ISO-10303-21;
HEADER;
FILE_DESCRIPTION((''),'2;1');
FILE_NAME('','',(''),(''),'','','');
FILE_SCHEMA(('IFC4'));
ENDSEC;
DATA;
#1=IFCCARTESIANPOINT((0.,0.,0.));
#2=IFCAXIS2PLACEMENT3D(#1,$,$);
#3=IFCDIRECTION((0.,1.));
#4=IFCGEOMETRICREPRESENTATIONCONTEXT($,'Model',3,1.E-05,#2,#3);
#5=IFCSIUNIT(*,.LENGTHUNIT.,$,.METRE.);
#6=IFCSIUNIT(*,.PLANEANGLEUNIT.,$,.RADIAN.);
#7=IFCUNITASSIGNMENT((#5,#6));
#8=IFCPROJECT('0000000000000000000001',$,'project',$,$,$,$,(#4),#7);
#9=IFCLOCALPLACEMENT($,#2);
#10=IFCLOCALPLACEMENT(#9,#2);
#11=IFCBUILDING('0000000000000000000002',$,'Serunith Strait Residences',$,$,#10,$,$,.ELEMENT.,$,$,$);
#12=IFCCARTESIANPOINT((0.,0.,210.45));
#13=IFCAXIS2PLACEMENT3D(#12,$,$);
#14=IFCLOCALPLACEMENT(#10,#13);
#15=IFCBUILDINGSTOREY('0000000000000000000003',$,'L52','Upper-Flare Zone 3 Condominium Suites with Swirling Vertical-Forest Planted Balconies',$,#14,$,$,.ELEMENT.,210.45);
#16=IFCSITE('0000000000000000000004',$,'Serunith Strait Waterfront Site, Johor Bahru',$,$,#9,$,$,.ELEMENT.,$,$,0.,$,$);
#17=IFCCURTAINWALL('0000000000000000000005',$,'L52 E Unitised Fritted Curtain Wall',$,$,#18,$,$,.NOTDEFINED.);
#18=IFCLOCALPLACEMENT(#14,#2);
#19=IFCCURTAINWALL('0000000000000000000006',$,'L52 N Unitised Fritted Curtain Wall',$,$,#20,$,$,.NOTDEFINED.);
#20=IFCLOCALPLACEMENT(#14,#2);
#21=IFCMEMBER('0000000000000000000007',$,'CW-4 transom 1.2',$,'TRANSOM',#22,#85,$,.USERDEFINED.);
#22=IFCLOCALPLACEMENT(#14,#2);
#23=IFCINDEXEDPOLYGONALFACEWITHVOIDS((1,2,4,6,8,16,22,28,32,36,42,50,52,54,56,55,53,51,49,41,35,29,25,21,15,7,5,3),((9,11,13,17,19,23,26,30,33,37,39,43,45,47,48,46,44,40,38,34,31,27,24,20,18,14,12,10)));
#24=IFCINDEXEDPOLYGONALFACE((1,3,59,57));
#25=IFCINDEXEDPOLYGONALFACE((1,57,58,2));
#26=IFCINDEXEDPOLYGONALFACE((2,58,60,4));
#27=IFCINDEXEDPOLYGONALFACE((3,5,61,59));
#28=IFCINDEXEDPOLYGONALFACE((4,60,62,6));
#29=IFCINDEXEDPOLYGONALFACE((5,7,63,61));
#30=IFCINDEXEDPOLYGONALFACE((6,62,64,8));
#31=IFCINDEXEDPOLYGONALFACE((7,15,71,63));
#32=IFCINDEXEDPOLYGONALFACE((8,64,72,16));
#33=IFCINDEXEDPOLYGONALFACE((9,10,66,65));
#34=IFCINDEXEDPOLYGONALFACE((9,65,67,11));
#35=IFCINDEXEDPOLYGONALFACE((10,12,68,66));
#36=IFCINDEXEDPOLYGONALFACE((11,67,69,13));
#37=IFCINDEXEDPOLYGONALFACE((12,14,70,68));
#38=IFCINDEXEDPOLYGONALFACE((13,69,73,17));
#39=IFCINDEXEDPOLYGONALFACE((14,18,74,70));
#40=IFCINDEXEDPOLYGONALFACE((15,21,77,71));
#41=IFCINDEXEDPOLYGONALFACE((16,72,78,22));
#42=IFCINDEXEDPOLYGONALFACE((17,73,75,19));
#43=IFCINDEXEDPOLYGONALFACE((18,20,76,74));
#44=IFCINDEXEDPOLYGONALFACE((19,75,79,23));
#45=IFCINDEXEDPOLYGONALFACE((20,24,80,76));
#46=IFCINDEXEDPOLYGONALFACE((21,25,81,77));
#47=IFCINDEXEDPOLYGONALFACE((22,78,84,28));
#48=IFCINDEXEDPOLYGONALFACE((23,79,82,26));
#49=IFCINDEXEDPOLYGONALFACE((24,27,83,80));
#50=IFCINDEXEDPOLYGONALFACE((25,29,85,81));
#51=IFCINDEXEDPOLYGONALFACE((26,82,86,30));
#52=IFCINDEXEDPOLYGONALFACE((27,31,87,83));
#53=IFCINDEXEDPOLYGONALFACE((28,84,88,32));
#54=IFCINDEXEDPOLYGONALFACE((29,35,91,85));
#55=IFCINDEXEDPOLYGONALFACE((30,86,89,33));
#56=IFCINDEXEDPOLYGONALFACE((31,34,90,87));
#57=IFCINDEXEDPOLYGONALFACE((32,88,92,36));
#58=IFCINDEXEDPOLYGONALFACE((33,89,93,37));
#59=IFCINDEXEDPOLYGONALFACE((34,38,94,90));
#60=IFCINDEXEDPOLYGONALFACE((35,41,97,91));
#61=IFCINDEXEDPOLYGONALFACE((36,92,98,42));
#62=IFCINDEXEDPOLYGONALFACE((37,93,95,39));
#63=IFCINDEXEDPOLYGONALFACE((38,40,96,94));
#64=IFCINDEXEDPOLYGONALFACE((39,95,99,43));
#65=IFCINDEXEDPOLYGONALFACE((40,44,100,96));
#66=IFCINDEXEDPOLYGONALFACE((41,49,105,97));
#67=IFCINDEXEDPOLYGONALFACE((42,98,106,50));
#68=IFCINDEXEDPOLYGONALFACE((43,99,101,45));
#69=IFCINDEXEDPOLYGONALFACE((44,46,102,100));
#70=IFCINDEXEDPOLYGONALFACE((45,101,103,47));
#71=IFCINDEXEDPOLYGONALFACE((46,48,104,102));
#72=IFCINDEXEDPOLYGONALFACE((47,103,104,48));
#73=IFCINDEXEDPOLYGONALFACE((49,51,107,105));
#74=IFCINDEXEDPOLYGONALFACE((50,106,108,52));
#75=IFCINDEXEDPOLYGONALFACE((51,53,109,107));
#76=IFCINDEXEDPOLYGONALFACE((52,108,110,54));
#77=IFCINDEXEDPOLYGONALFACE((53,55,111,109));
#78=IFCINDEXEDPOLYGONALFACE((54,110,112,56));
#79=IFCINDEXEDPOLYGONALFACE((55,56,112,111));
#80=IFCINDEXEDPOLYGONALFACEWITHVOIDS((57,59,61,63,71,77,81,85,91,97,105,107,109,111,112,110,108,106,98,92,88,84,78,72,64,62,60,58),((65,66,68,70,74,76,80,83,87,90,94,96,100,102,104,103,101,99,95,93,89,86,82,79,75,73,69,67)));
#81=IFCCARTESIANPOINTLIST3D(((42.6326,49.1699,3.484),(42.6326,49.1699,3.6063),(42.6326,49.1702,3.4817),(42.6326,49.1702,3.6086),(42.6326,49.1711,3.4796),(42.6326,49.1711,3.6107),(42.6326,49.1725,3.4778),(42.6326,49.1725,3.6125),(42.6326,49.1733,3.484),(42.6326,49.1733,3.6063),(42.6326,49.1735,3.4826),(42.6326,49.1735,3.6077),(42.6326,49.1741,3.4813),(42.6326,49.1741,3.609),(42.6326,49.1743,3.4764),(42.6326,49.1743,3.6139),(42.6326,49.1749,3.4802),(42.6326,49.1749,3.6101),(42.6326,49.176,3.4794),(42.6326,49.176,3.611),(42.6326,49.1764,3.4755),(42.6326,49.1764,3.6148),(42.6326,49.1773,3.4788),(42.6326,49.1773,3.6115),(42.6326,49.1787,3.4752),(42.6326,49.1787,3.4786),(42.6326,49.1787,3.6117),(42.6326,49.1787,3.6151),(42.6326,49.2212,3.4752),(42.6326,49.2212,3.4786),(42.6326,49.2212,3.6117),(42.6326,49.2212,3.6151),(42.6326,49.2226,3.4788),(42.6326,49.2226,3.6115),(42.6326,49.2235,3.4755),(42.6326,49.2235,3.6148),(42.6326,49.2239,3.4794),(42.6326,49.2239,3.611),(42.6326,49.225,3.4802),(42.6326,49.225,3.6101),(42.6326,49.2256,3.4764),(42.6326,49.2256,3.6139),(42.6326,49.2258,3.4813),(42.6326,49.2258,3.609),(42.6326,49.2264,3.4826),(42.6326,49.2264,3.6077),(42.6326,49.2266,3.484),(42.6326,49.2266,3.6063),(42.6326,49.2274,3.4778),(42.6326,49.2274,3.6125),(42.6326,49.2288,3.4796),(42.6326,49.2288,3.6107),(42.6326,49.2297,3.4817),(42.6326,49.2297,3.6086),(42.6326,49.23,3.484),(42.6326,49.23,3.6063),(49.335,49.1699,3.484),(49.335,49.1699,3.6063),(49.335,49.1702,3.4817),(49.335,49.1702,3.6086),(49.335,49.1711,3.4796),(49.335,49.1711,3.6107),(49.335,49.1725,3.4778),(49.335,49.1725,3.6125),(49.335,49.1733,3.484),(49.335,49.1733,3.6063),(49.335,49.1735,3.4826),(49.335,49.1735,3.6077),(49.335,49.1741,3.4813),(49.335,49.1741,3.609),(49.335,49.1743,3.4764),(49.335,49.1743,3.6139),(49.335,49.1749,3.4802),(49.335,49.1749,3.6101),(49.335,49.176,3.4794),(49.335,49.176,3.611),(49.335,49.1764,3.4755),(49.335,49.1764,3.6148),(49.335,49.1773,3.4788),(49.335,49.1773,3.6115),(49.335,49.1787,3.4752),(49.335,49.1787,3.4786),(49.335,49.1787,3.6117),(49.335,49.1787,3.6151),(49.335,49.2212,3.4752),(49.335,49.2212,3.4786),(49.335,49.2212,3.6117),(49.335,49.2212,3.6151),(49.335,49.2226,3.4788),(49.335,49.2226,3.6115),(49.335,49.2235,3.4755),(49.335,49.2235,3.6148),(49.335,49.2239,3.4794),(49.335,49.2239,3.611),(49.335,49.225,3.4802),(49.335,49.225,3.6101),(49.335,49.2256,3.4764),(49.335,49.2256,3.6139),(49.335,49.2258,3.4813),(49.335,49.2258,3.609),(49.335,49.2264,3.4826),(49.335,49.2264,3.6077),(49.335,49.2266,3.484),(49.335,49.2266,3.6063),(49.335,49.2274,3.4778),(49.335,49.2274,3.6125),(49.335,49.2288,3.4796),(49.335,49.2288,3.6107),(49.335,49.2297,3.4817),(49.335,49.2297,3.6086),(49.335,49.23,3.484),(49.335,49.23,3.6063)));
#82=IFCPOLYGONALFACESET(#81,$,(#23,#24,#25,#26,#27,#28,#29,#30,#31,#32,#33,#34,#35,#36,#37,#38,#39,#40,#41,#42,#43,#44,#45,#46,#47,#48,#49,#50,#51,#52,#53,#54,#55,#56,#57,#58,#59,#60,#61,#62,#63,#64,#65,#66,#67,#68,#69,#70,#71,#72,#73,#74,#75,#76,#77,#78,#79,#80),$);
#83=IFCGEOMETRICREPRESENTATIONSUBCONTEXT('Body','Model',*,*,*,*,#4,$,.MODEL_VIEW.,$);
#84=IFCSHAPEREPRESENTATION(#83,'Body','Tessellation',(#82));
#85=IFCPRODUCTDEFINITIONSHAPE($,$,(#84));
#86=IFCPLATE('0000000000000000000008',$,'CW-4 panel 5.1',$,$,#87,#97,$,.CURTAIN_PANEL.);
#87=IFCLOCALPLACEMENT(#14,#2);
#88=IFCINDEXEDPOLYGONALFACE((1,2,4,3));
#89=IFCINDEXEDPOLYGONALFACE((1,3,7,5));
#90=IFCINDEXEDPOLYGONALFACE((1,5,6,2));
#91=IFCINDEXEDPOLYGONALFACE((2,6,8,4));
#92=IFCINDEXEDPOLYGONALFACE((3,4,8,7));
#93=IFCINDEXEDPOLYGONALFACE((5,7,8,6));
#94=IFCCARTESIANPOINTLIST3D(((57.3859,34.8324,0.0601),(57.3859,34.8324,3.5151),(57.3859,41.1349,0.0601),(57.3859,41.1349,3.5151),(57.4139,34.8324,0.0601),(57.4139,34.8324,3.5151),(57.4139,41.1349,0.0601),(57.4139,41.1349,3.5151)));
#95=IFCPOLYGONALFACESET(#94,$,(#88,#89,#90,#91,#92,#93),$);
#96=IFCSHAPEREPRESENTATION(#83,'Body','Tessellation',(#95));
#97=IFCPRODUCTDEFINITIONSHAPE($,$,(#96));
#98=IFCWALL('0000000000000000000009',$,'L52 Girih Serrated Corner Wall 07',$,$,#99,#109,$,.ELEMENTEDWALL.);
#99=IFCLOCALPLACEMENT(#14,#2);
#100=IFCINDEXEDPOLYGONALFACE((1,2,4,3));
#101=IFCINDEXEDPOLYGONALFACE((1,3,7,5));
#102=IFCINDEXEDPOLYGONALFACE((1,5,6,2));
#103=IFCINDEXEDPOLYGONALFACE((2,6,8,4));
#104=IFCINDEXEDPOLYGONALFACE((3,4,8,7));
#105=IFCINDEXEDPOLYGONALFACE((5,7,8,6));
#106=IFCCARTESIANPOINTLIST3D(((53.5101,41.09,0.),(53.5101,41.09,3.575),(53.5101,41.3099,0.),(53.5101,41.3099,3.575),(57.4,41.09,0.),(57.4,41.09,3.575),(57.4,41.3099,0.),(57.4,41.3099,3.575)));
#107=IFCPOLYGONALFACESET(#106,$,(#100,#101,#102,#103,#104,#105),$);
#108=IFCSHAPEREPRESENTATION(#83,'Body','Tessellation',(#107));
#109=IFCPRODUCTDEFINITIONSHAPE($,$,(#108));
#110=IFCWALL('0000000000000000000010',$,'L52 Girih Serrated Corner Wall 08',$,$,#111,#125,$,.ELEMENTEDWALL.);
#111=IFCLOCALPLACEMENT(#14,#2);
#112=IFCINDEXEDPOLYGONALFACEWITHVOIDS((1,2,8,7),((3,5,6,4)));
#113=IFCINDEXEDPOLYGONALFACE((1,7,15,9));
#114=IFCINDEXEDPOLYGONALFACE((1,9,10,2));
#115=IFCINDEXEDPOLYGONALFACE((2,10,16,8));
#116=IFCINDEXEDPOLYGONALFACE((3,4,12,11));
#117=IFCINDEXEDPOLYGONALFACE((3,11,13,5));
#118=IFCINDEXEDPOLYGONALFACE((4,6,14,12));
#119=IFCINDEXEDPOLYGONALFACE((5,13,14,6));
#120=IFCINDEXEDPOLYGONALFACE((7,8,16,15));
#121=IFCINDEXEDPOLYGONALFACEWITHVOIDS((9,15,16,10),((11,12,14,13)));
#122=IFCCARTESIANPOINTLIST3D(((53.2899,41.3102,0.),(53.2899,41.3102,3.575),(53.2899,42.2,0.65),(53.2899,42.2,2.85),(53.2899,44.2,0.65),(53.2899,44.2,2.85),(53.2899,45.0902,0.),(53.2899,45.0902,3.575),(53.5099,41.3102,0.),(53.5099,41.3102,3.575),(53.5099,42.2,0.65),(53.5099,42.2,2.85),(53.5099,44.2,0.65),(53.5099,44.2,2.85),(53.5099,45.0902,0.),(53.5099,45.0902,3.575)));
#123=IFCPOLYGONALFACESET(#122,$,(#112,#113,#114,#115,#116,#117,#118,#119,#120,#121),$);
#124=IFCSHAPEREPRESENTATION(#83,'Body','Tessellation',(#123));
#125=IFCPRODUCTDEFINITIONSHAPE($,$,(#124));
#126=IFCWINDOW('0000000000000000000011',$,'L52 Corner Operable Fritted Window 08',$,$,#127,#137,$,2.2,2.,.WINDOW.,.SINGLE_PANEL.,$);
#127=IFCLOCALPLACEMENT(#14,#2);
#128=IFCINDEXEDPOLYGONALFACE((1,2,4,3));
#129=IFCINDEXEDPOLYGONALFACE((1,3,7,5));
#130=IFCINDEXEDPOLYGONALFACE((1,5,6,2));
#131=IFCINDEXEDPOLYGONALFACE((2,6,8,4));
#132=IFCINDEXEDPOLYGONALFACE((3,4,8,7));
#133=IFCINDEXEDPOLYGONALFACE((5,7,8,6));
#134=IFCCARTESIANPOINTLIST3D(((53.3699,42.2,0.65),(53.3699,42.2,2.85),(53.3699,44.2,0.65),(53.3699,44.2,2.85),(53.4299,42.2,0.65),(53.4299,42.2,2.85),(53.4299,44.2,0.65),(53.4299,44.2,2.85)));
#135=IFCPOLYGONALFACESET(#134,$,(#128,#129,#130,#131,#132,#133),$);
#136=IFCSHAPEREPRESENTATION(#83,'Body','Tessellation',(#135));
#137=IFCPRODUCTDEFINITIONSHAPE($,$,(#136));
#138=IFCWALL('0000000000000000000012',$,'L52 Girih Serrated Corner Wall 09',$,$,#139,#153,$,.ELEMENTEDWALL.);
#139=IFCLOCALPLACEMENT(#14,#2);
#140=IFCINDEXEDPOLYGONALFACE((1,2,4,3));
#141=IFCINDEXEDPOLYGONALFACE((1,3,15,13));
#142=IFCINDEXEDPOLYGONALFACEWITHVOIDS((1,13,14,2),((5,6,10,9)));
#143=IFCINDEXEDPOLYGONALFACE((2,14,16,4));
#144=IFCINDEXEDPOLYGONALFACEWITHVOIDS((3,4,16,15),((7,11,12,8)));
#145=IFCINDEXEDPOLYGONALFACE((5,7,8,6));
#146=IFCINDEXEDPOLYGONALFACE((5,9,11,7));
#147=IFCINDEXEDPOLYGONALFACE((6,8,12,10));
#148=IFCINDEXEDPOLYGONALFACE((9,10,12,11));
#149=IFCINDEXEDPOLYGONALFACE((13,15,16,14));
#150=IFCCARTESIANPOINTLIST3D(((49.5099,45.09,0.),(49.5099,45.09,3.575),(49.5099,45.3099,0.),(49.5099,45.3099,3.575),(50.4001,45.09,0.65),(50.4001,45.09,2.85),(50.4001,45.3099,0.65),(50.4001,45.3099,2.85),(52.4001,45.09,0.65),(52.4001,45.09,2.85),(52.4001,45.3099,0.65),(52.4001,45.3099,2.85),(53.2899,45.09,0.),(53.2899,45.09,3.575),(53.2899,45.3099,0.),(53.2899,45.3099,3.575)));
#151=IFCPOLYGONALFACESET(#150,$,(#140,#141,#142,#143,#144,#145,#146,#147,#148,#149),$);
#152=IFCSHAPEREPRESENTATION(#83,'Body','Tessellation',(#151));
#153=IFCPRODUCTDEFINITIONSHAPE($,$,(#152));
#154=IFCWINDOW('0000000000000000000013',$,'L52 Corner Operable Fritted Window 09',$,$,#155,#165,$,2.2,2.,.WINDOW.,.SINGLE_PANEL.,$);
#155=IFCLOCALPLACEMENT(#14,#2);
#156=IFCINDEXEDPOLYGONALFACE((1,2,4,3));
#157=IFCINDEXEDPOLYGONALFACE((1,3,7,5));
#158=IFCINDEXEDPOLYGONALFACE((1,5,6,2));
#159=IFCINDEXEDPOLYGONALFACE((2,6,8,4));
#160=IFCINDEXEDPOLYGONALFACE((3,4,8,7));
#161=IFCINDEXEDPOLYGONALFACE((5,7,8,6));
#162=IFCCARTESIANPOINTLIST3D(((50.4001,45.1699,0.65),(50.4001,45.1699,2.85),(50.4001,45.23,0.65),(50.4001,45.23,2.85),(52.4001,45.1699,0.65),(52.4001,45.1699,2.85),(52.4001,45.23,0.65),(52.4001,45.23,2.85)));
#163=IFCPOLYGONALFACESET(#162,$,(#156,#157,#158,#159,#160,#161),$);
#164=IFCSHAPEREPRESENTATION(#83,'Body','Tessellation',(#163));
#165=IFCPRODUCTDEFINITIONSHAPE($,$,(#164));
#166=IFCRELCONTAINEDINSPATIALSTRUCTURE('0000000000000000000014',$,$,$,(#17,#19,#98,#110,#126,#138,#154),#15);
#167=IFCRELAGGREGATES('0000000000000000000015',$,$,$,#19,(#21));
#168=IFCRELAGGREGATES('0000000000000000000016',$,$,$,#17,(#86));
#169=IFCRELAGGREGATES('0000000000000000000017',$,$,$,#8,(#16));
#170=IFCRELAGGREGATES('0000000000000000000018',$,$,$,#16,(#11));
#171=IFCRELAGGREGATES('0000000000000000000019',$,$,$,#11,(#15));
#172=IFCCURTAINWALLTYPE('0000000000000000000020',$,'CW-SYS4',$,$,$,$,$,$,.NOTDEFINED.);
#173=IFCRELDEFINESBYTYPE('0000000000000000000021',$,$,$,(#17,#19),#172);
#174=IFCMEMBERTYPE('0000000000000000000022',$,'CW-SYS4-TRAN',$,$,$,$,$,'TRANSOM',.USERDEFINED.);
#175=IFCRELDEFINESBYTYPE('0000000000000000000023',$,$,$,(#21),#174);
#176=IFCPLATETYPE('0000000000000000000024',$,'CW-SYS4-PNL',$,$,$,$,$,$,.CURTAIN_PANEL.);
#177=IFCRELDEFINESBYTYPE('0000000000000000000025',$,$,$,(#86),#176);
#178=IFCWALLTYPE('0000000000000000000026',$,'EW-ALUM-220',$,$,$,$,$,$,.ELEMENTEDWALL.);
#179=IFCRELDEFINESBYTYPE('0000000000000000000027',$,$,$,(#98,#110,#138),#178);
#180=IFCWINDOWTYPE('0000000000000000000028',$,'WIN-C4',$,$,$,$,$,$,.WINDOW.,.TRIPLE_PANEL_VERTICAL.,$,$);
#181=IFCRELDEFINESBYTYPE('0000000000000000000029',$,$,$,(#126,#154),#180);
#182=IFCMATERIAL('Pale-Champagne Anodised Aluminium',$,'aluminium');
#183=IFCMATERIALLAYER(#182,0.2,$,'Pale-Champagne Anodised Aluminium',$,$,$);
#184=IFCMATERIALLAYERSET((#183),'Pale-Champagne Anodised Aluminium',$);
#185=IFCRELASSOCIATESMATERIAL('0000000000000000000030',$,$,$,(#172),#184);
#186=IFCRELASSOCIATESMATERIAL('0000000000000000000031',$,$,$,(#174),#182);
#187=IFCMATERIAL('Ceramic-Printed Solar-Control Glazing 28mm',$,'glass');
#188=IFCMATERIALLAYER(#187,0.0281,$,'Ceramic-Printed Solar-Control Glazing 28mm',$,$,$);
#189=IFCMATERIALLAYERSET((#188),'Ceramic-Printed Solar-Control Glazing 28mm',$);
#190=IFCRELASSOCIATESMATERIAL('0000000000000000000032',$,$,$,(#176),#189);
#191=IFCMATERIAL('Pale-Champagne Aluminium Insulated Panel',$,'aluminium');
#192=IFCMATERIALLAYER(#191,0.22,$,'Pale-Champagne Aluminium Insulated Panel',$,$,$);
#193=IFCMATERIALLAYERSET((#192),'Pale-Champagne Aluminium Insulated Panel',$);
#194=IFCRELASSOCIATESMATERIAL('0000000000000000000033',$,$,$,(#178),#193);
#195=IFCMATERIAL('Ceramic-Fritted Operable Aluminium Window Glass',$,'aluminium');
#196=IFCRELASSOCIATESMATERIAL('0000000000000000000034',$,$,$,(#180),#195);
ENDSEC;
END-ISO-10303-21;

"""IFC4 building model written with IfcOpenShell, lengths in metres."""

from ifc_helpers import new_model, si_unit, direction, frame, frame_2d, origin, origin_2d, place, context, subcontext, project, spatial, rectangle, hollow_rectangle, extrude, source, transform, mapped, material, layer, layer_set, material_profile, profile_set, type_object, element, fill, aggregate, save


model = new_model("IFC4")

# Units and contexts
model_context = context("Model", 3, precision=1e-05, world=origin(), true_north=direction((0.0, 1.0)))
body_context = subcontext(model_context, "Body", "Model", "MODEL_VIEW")
ifc_project = project(units=[si_unit("LENGTHUNIT", "METRE"), si_unit("PLANEANGLEUNIT", "RADIAN")], contexts=[model_context])

# Site, building, storey
site_placement = place(None, origin())
site = spatial("IfcSite", under=ifc_project, at=site_placement, Name="Serunith Strait Waterfront Site, Johor Bahru", CompositionType="ELEMENT", RefElevation=0.0)
building_placement = place(site_placement, origin())
building = spatial("IfcBuilding", under=site, at=building_placement, Name="Serunith Strait Residences", CompositionType="ELEMENT")
storey_placement = place(building_placement, frame((0.0, 0.0, 210.45)))
storey = spatial("IfcBuildingStorey", under=building, at=storey_placement, Name="L52", Description="Upper-Flare Zone 3 Condominium Suites with Swirling Vertical-Forest Planted Balconies", CompositionType="ELEMENT", Elevation=210.45)

# Curtain wall
ifc_material_1 = material(Name="Pale-Champagne Anodised Aluminium", Category="aluminium")
ifc_layer_1 = layer(ifc_material_1, 0.2, Name="Pale-Champagne Anodised Aluminium")
ifc_layer_set_1 = layer_set([ifc_layer_1], Name="Pale-Champagne Anodised Aluminium")
curtain_wall_type = type_object("IfcCurtainWallType", Name="CW-SYS4", PredefinedType="NOTDEFINED", material=ifc_layer_set_1)
curtain_wall_1_placement = place(storey_placement, origin())
curtain_wall_1 = element("IfcCurtainWall", 1, at=curtain_wall_1_placement, inside=storey, type_object=curtain_wall_type, Name="L52 E Unitised Fritted Curtain Wall", PredefinedType="NOTDEFINED")

# Curtain wall, member
curtain_wall_2_placement = place(storey_placement, origin())
curtain_wall_2 = element("IfcCurtainWall", 2, at=curtain_wall_2_placement, inside=storey, type_object=curtain_wall_type, Name="L52 N Unitised Fritted Curtain Wall", PredefinedType="NOTDEFINED")
ifc_material_profile_1 = material_profile(ifc_material_1, hollow_rectangle(XDim=0.0601, YDim=0.1399, WallThickness=0.0034, InnerFilletRadius=0.0054, OuterFilletRadius=0.0088, at=origin_2d()), Name="ALU 140x60x3.5")
ifc_profile_set_1 = profile_set([ifc_material_profile_1], Name="Pale-Champagne Anodised Aluminium")
member_type_1 = type_object("IfcMemberType", Name="CW-SYS4-TRAN", ElementType="TRANSOM", PredefinedType="USERDEFINED", material=ifc_profile_set_1)
shared_shape_1 = source(origin(), body_context, "Body", "SweptSolid", [
    extrude(hollow_rectangle(XDim=0.0601, YDim=0.1399, WallThickness=0.0034, InnerFilletRadius=0.0054, OuterFilletRadius=0.0088, at=origin_2d()), origin(), (0.0, 0.0, 1.0), 6.7024),
])
member_1_placement = place(storey_placement, frame((49.335, 49.2, 3.5452), z_axis=(-1.0, 0.0, 0.0), x_axis=(0.0, -1.0, 0.0)))
member_1 = element("IfcMember", 3, at=member_1_placement, type_object=member_type_1, Name="CW-4 transom 1.2", ObjectType="TRANSOM", PredefinedType="USERDEFINED", context=body_context, shape_type="MappedRepresentation", body=[
    mapped(shared_shape_1, transform((0.0, 0.0, 0.0), scale=1.0)),
])
aggregate(curtain_wall_2, [member_1])

# Plate
ifc_material_2 = material(Name="Ceramic-Printed Solar-Control Glazing 28mm", Category="glass")
ifc_layer_2 = layer(ifc_material_2, 0.0281, Name="Ceramic-Printed Solar-Control Glazing 28mm")
ifc_layer_set_2 = layer_set([ifc_layer_2], Name="Ceramic-Printed Solar-Control Glazing 28mm")
plate_type = type_object("IfcPlateType", Name="CW-SYS4-PNL", PredefinedType="CURTAIN_PANEL", material=ifc_layer_set_2)
shared_shape_2 = source(origin(), body_context, "Body", "SweptSolid", [
    extrude(rectangle(XDim=6.3025, YDim=0.0281, at=origin_2d()), origin(), (0.0, 0.0, 1.0), 3.4551),
])
plate_placement = place(storey_placement, frame((57.3999, 37.9836, 0.0601), z_axis=(0.0, 0.0, 1.0), x_axis=(0.0, 1.0, 0.0)))
plate = element("IfcPlate", 4, at=plate_placement, type_object=plate_type, Name="CW-4 panel 5.1", PredefinedType="CURTAIN_PANEL", context=body_context, shape_type="MappedRepresentation", body=[
    mapped(shared_shape_2, transform((0.0, 0.0, 0.0), scale=1.0)),
])
aggregate(curtain_wall_1, [plate])

# Wall
ifc_material_3 = material(Name="Pale-Champagne Aluminium Insulated Panel", Category="aluminium")
ifc_layer_3 = layer(ifc_material_3, 0.22, Name="Pale-Champagne Aluminium Insulated Panel")
ifc_layer_set_3 = layer_set([ifc_layer_3], Name="Pale-Champagne Aluminium Insulated Panel")
wall_type_1 = type_object("IfcWallType", Name="EW-ALUM-220", PredefinedType="ELEMENTEDWALL", material=ifc_layer_set_3)
wall_1_placement = place(storey_placement, frame((57.3999, 41.2, 0.0), z_axis=(0.0, 0.0, 1.0), x_axis=(-1.0, 0.0, 0.0)))
element("IfcWall", 5, at=wall_1_placement, inside=storey, type_object=wall_type_1, Name="L52 Girih Serrated Corner Wall 07", PredefinedType="ELEMENTEDWALL", context=body_context, shape_type="SweptSolid", body=[
    extrude(rectangle(XDim=3.8899, YDim=0.22, at=frame_2d((1.9448, 0.0))), origin(), (0.0, 0.0, 1.0), 3.575),
])

# Walls, openings, windows
wall_2_placement = place(storey_placement, frame((53.3999, 41.3101, 0.0), z_axis=(0.0, 0.0, 1.0), x_axis=(0.0, 1.0, 0.0)))
wall_2 = element("IfcWall", 6, at=wall_2_placement, inside=storey, type_object=wall_type_1, Name="L52 Girih Serrated Corner Wall 08", PredefinedType="ELEMENTEDWALL", context=body_context, shape_type="SweptSolid", body=[
    extrude(rectangle(XDim=3.78, YDim=0.22, at=frame_2d((1.8901, 0.0))), origin(), (0.0, 0.0, 1.0), 3.575),
])
opening_1_placement = place(wall_2_placement, frame((0.8899, 0.0, 0.6499)))
opening_1 = element("IfcOpeningElement", 7, at=opening_1_placement, cuts=wall_2, PredefinedType="OPENING", context=body_context, shape_type="SweptSolid", body=[
    extrude(rectangle(XDim=2.0, YDim=2.2, at=frame_2d((1.0, 1.1001))), frame((0.0, 0.1201, 0.0), z_axis=(0.0, -1.0, 0.0), x_axis=(1.0, 0.0, 0.0)), (0.0, 0.0, 1.0), 0.24),
])
ifc_material_4 = material(Name="Ceramic-Fritted Operable Aluminium Window Glass", Category="aluminium")
window_type = type_object("IfcWindowType", Name="WIN-C4", PartitioningType="TRIPLE_PANEL_VERTICAL", PredefinedType="WINDOW", material=ifc_material_4)
shared_shape_3 = source(origin(), body_context, "Body", "SweptSolid", [
    extrude(rectangle(XDim=2.0, YDim=2.2, at=frame_2d((1.0, 1.1001))), frame((0.0, 0.03, 0.0), z_axis=(0.0, -1.0, 0.0), x_axis=(1.0, 0.0, 0.0)), (0.0, 0.0, 1.0), 0.0601),
])
window_1_placement = place(opening_1_placement, origin())
window_1 = element("IfcWindow", 8, at=window_1_placement, inside=storey, type_object=window_type, Name="L52 Corner Operable Fritted Window 08", OverallHeight=2.2, OverallWidth=2.0, PartitioningType="SINGLE_PANEL", PredefinedType="WINDOW", context=body_context, shape_type="MappedRepresentation", body=[
    mapped(shared_shape_3, transform((0.0, 0.0, 0.0), scale=1.0)),
])
fill(opening_1, window_1)
wall_3_placement = place(storey_placement, frame((53.29, 45.2, 0.0), z_axis=(0.0, 0.0, 1.0), x_axis=(-1.0, 0.0, 0.0)))
wall_3 = element("IfcWall", 9, at=wall_3_placement, inside=storey, type_object=wall_type_1, Name="L52 Girih Serrated Corner Wall 09", PredefinedType="ELEMENTEDWALL", context=body_context, shape_type="SweptSolid", body=[
    extrude(rectangle(XDim=3.78, YDim=0.22, at=frame_2d((1.8901, 0.0))), origin(), (0.0, 0.0, 1.0), 3.575),
])
opening_2_placement = place(wall_3_placement, frame((0.8899, 0.0, 0.6499)))
opening_2 = element("IfcOpeningElement", 10, at=opening_2_placement, cuts=wall_3, PredefinedType="OPENING", context=body_context, shape_type="SweptSolid", body=[
    extrude(rectangle(XDim=2.0, YDim=2.2, at=frame_2d((1.0, 1.1001))), frame((0.0, 0.1201, 0.0), z_axis=(0.0, -1.0, 0.0), x_axis=(1.0, 0.0, 0.0)), (0.0, 0.0, 1.0), 0.24),
])
window_2_placement = place(opening_2_placement, origin())
window_2 = element("IfcWindow", 11, at=window_2_placement, inside=storey, type_object=window_type, Name="L52 Corner Operable Fritted Window 09", OverallHeight=2.2, OverallWidth=2.0, PartitioningType="SINGLE_PANEL", PredefinedType="WINDOW", context=body_context, shape_type="MappedRepresentation", body=[
    mapped(shared_shape_3, transform((0.0, 0.0, 0.0), scale=1.0)),
])
fill(opening_2, window_2)

save(model, "model.ifc")
